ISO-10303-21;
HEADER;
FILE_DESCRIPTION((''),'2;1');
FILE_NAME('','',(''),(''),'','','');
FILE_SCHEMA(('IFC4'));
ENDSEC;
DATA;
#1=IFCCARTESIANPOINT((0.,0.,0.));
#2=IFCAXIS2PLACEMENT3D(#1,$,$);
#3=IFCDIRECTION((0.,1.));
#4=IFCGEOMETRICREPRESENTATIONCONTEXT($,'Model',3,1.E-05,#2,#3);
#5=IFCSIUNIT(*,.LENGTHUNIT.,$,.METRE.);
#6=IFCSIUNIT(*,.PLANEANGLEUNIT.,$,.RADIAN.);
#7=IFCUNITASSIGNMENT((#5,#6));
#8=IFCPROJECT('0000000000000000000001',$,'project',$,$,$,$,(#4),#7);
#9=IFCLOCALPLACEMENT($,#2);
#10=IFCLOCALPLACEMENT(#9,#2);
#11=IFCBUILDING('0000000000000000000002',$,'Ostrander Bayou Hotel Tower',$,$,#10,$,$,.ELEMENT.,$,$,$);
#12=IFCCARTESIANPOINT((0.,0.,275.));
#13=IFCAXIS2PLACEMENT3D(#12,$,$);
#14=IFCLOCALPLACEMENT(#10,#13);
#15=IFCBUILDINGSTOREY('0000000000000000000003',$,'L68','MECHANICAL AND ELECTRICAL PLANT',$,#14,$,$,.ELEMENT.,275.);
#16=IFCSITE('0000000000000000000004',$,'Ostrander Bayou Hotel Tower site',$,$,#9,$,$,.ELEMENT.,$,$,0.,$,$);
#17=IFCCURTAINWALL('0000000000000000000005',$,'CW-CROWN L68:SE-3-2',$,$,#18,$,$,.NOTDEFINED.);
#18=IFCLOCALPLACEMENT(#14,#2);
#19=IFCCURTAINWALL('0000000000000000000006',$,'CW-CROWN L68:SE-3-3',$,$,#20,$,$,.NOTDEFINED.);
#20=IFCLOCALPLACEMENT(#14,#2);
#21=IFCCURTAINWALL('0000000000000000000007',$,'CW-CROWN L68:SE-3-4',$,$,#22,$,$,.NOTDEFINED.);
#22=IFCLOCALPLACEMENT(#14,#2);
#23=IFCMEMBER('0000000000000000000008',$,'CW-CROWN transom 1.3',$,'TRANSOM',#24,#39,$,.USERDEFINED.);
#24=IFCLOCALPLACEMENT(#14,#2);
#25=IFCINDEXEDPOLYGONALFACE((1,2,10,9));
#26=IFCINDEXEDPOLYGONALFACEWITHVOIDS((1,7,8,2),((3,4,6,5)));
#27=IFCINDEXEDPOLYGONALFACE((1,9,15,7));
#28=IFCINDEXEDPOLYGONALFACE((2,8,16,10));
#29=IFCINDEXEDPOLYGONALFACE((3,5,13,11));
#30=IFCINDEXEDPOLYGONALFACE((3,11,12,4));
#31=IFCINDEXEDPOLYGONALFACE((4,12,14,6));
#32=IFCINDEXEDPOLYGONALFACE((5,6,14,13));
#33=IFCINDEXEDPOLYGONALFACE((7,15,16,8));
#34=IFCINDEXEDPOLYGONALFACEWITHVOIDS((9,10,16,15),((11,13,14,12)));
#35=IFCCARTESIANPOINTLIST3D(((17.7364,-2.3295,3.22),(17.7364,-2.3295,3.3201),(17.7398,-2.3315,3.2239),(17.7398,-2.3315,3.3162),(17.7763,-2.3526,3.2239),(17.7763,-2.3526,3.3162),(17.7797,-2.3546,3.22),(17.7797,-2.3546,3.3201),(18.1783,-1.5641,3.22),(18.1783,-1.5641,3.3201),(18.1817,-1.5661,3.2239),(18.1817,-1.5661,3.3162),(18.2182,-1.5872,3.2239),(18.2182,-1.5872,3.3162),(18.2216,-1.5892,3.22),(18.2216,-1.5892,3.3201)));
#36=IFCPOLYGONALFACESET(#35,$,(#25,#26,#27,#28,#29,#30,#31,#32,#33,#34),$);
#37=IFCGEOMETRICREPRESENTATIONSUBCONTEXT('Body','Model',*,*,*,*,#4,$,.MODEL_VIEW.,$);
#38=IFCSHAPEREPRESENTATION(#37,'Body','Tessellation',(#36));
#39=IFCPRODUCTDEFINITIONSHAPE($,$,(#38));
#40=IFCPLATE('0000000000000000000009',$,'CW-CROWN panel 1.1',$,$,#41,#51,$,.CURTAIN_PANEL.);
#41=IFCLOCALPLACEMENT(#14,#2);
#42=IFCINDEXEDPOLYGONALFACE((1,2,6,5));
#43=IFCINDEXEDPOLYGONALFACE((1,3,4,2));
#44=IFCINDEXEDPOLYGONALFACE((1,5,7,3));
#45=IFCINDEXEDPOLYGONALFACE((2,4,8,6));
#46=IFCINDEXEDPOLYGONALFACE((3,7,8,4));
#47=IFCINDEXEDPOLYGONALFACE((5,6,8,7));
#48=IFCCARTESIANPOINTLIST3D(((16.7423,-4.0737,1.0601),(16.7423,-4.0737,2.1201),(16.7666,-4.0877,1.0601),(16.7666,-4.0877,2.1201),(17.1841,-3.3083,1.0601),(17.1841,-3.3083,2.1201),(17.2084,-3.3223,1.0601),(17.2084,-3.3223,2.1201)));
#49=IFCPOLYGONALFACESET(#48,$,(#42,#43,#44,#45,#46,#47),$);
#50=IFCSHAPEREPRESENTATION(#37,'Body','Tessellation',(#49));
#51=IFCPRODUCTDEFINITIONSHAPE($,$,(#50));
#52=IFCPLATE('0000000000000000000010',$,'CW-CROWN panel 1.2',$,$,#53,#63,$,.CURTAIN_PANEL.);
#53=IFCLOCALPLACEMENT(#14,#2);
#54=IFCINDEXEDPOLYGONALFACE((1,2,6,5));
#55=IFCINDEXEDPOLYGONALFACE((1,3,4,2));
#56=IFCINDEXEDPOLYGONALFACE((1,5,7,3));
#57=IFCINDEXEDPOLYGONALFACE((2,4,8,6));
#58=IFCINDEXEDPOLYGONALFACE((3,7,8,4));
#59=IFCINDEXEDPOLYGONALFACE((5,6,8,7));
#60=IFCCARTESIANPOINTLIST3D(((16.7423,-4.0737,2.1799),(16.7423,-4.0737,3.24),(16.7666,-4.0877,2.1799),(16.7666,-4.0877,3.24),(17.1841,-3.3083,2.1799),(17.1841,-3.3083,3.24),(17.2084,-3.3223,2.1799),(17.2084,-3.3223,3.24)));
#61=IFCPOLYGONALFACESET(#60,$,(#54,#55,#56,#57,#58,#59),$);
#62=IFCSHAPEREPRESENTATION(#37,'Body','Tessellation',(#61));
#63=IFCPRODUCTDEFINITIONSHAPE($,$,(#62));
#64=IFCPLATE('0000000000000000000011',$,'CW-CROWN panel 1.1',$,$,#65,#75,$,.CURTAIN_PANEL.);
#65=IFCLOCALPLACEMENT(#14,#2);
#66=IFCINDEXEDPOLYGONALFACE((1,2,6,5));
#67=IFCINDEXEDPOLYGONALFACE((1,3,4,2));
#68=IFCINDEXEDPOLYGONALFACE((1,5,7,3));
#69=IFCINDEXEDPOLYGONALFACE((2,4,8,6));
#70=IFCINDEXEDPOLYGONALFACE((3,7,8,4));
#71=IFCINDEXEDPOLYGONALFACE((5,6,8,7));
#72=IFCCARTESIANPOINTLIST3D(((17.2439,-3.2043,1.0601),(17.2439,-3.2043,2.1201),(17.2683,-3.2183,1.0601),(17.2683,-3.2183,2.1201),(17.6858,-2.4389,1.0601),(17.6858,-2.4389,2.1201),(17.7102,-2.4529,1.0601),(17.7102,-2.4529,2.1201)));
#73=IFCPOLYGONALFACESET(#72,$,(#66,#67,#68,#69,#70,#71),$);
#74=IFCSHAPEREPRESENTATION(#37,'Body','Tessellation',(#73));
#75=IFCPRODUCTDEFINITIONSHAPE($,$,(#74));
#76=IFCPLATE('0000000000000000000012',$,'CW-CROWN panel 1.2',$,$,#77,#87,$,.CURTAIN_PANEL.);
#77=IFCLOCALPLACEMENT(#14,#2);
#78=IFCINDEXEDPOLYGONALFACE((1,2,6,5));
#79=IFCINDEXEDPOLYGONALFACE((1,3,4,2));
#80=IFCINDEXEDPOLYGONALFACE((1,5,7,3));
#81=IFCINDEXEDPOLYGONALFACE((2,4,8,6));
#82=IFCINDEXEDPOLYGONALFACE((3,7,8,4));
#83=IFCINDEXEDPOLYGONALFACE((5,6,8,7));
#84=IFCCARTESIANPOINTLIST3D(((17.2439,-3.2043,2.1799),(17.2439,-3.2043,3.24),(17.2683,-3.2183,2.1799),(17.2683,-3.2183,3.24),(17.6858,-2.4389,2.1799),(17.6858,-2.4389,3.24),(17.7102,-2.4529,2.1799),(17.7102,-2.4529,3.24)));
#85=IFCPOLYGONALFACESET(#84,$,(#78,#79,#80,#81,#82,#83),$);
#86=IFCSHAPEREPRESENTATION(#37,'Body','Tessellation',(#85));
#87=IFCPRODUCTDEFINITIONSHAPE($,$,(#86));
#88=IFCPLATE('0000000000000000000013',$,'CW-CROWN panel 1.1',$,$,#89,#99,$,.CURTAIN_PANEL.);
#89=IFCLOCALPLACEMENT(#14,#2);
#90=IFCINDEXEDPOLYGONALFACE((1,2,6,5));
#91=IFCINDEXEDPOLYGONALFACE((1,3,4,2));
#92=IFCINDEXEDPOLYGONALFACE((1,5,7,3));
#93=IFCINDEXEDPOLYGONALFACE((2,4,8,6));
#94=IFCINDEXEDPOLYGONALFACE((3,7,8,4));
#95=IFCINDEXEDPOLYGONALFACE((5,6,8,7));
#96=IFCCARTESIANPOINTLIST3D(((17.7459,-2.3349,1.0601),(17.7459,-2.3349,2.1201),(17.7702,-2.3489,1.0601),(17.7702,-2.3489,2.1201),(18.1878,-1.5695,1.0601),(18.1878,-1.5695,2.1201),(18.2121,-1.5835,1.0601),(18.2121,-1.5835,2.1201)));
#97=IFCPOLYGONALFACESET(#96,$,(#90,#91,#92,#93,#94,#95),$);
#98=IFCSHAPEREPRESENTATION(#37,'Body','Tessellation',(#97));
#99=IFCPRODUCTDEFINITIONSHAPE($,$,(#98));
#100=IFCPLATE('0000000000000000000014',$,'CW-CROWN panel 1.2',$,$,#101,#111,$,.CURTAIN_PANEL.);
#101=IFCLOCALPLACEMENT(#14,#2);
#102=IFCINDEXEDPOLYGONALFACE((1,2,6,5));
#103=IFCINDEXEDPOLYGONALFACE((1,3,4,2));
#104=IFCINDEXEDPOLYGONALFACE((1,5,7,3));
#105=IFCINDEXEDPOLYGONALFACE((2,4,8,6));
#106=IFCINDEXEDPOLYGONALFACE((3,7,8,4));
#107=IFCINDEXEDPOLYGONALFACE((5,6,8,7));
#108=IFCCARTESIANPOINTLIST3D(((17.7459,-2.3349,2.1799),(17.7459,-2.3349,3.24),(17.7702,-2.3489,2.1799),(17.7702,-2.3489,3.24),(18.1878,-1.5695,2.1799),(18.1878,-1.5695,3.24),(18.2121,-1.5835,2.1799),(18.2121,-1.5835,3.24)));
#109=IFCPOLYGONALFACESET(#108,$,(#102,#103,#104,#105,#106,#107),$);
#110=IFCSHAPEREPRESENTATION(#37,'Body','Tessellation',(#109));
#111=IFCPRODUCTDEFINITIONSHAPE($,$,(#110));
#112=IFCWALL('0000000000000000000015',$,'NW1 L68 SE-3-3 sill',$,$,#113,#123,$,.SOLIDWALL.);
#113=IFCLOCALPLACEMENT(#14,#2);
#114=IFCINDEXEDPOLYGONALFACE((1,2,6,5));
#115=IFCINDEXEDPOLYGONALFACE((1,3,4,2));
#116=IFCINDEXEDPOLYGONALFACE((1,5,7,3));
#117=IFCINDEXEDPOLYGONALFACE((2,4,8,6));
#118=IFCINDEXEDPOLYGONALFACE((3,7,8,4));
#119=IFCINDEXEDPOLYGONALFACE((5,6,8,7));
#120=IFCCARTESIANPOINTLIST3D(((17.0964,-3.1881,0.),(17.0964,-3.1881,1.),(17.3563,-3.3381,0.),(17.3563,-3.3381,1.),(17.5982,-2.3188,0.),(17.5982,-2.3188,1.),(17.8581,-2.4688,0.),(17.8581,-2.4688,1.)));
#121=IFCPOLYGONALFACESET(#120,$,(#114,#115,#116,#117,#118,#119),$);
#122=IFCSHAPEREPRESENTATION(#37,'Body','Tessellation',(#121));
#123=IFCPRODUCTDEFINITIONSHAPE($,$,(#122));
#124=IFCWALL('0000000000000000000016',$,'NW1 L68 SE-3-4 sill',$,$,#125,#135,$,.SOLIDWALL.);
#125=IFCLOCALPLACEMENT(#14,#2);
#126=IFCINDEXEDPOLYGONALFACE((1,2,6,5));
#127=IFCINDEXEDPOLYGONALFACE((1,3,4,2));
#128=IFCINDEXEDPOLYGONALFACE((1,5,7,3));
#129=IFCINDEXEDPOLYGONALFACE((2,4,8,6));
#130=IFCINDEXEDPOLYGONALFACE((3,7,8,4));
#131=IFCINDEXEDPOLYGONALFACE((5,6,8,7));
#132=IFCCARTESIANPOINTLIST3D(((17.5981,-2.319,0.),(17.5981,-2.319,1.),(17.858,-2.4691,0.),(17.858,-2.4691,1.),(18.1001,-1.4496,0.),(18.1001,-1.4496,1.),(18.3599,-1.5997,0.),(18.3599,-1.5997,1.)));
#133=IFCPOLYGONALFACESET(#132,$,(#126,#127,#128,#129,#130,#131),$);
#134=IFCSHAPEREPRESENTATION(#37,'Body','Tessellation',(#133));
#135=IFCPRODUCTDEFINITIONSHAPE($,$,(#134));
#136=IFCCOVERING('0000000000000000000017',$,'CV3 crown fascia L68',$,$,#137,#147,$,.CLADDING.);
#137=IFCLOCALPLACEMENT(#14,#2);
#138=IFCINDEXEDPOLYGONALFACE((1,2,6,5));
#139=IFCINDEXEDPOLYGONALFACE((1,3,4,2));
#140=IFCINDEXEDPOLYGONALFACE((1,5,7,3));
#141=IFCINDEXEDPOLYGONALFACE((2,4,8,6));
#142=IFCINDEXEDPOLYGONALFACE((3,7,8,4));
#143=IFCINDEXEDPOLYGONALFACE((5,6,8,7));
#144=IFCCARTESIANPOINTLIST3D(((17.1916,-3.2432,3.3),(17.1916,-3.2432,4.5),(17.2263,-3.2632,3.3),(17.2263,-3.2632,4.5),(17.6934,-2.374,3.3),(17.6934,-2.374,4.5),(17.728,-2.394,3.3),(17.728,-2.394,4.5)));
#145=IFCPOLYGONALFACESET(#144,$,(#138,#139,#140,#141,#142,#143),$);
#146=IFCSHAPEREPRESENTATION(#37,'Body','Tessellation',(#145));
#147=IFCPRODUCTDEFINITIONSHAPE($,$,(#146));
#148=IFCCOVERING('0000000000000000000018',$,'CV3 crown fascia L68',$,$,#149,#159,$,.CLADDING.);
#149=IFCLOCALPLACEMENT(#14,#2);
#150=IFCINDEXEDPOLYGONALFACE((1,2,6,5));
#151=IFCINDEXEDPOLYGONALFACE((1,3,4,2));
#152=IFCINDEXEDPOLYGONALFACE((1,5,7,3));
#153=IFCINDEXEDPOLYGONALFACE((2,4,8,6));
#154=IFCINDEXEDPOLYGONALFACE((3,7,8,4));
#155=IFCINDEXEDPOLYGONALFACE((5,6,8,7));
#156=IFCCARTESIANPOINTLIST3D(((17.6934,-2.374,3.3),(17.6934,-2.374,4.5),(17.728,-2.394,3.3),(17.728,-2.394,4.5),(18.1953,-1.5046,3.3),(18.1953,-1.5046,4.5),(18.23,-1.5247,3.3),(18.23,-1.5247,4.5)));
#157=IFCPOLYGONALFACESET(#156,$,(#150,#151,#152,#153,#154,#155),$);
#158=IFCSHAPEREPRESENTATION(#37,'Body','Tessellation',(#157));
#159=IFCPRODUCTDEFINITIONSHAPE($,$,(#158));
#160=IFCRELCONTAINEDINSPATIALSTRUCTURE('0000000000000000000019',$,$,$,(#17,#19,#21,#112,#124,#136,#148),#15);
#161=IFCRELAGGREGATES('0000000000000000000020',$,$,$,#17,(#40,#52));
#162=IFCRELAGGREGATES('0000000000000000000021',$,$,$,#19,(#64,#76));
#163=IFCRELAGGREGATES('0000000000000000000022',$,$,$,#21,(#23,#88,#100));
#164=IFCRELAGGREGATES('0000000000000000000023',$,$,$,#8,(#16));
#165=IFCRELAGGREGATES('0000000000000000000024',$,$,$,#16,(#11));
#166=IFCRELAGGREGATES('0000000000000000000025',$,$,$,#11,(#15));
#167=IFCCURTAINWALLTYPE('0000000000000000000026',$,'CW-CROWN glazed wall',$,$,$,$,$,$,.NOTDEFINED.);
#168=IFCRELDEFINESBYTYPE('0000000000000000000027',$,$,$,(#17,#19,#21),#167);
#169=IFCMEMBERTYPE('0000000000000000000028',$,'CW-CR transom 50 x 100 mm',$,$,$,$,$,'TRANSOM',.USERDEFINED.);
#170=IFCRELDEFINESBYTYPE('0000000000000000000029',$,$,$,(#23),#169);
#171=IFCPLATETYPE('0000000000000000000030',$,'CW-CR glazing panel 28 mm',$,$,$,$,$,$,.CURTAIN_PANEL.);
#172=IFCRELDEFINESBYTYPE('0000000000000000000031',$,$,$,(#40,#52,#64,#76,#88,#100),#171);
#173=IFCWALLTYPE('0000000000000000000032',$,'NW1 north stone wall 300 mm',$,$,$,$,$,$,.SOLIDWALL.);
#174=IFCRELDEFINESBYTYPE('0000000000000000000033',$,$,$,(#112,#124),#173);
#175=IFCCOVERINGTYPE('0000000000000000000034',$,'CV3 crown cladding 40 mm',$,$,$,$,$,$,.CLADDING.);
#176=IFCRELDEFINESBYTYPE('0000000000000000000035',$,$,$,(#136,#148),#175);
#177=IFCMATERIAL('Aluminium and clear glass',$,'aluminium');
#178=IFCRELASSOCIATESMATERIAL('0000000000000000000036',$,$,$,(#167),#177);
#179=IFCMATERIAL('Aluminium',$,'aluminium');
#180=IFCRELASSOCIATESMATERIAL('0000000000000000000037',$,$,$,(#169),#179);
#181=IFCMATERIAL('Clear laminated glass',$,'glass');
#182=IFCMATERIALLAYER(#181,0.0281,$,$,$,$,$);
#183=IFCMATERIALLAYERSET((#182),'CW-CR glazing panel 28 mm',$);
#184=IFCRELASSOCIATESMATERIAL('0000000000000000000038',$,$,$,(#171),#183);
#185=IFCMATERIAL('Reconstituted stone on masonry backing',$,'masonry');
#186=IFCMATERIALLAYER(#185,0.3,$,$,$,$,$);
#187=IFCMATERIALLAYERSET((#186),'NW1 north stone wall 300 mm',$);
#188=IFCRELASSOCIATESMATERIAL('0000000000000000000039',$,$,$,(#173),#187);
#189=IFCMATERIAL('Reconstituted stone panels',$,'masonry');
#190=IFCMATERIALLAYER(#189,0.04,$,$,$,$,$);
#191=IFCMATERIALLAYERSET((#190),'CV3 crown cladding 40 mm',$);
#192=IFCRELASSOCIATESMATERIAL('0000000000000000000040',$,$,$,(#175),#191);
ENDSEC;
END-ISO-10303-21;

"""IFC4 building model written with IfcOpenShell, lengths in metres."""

from ifc_helpers import new_model, si_unit, direction, frame, frame_2d, origin, origin_2d, place, context, subcontext, project, spatial, polyline, rectangle, hollow_rectangle, outline, extrude, material, layer, layer_set, material_profile, profile_set, type_object, element, aggregate, save


model = new_model("IFC4")

# Units and contexts
model_context = context("Model", 3, precision=1e-05, world=origin(), true_north=direction((0.0, 1.0)))
body_context = subcontext(model_context, "Body", "Model", "MODEL_VIEW")
ifc_project = project(units=[si_unit("LENGTHUNIT", "METRE"), si_unit("PLANEANGLEUNIT", "RADIAN")], contexts=[model_context])

# Site, building, storey
site_placement = place(None, origin())
site = spatial("IfcSite", under=ifc_project, at=site_placement, Name="Ostrander Bayou Hotel Tower site", CompositionType="ELEMENT", RefElevation=0.0)
building_placement = place(site_placement, origin())
building = spatial("IfcBuilding", under=site, at=building_placement, Name="Ostrander Bayou Hotel Tower", CompositionType="ELEMENT")
storey_placement = place(building_placement, frame((0.0, 0.0, 275.0)))
storey = spatial("IfcBuildingStorey", under=building, at=storey_placement, Name="L68", Description="MECHANICAL AND ELECTRICAL PLANT", CompositionType="ELEMENT", Elevation=275.0)

# Curtain wall
ifc_material_1 = material(Name="Aluminium and clear glass", Category="aluminium")
curtain_wall_type = type_object("IfcCurtainWallType", Name="CW-CROWN glazed wall", PredefinedType="NOTDEFINED", material=ifc_material_1)
curtain_wall_1_placement = place(storey_placement, origin())
curtain_wall_1 = element("IfcCurtainWall", 1, at=curtain_wall_1_placement, inside=storey, type_object=curtain_wall_type, Name="CW-CROWN L68:SE-3-2", PredefinedType="NOTDEFINED")

# Curtain wall
curtain_wall_2_placement = place(storey_placement, origin())
curtain_wall_2 = element("IfcCurtainWall", 2, at=curtain_wall_2_placement, inside=storey, type_object=curtain_wall_type, Name="CW-CROWN L68:SE-3-3", PredefinedType="NOTDEFINED")

# Curtain wall
curtain_wall_3_placement = place(storey_placement, origin())
curtain_wall_3 = element("IfcCurtainWall", 3, at=curtain_wall_3_placement, inside=storey, type_object=curtain_wall_type, Name="CW-CROWN L68:SE-3-4", PredefinedType="NOTDEFINED")

# Member
ifc_material_2 = material(Name="Aluminium", Category="aluminium")
ifc_material_profile_1 = material_profile(ifc_material_2, hollow_rectangle(XDim=0.05, YDim=0.1001, WallThickness=0.0039, at=origin_2d()))
ifc_profile_set_1 = profile_set([ifc_material_profile_1], Name="Aluminium")
member_type_1 = type_object("IfcMemberType", Name="CW-CR transom 50 x 100 mm", ElementType="TRANSOM", PredefinedType="USERDEFINED", material=ifc_profile_set_1)
member_1_placement = place(storey_placement, frame((17.7581, -2.342, 3.27), z_axis=(0.500001, 0.866025, 0.0), x_axis=(-0.866025, 0.500001, 0.0)))
member_1 = element("IfcMember", 4, at=member_1_placement, type_object=member_type_1, Name="CW-CROWN transom 1.3", ObjectType="TRANSOM", PredefinedType="USERDEFINED", context=body_context, shape_type="SweptSolid", body=[
    extrude(hollow_rectangle(XDim=0.05, YDim=0.1001, WallThickness=0.0039, at=origin_2d()), origin(), (0.0, 0.0, 1.0), 0.8838),
])

# Plates
ifc_material_3 = material(Name="Clear laminated glass", Category="glass")
ifc_layer_1 = layer(ifc_material_3, 0.0281)
ifc_layer_set_1 = layer_set([ifc_layer_1], Name="CW-CR glazing panel 28 mm")
plate_type = type_object("IfcPlateType", Name="CW-CR glazing panel 28 mm", PredefinedType="CURTAIN_PANEL", material=ifc_layer_set_1)
plate_1_placement = place(storey_placement, frame((16.9753, -3.698, 1.0601), z_axis=(0.0, 0.0, 1.0), x_axis=(0.499964, 0.866046, 0.0)))
plate_1 = element("IfcPlate", 5, at=plate_1_placement, type_object=plate_type, Name="CW-CROWN panel 1.1", PredefinedType="CURTAIN_PANEL", context=body_context, shape_type="SweptSolid", body=[
    extrude(rectangle(XDim=0.8838, YDim=0.0281, at=origin_2d()), origin(), (0.0, 0.0, 1.0), 1.0601),
])
plate_2_placement = place(storey_placement, frame((16.9753, -3.698, 2.1799), z_axis=(0.0, 0.0, 1.0), x_axis=(0.499964, 0.866046, 0.0)))
plate_2 = element("IfcPlate", 6, at=plate_2_placement, type_object=plate_type, Name="CW-CROWN panel 1.2", PredefinedType="CURTAIN_PANEL", context=body_context, shape_type="SweptSolid", body=[
    extrude(rectangle(XDim=0.8838, YDim=0.0281, at=origin_2d()), origin(), (0.0, 0.0, 1.0), 1.0601),
])
aggregate(curtain_wall_1, [plate_1, plate_2])
plate_3_placement = place(storey_placement, frame((17.4771, -2.8286, 1.0601), z_axis=(0.0, 0.0, 1.0), x_axis=(0.500007, 0.866021, 0.0)))
plate_3 = element("IfcPlate", 7, at=plate_3_placement, type_object=plate_type, Name="CW-CROWN panel 1.1", PredefinedType="CURTAIN_PANEL", context=body_context, shape_type="SweptSolid", body=[
    extrude(rectangle(XDim=0.8838, YDim=0.0281, at=origin_2d()), origin(), (0.0, 0.0, 1.0), 1.0601),
])
plate_4_placement = place(storey_placement, frame((17.4771, -2.8286, 2.1799), z_axis=(0.0, 0.0, 1.0), x_axis=(0.500007, 0.866021, 0.0)))
plate_4 = element("IfcPlate", 8, at=plate_4_placement, type_object=plate_type, Name="CW-CROWN panel 1.2", PredefinedType="CURTAIN_PANEL", context=body_context, shape_type="SweptSolid", body=[
    extrude(rectangle(XDim=0.8838, YDim=0.0281, at=origin_2d()), origin(), (0.0, 0.0, 1.0), 1.0601),
])
aggregate(curtain_wall_2, [plate_3, plate_4])
plate_5_placement = place(storey_placement, frame((17.979, -1.9592, 1.0601), z_axis=(0.0, 0.0, 1.0), x_axis=(0.499964, 0.866046, 0.0)))
plate_5 = element("IfcPlate", 9, at=plate_5_placement, type_object=plate_type, Name="CW-CROWN panel 1.1", PredefinedType="CURTAIN_PANEL", context=body_context, shape_type="SweptSolid", body=[
    extrude(rectangle(XDim=0.8838, YDim=0.0281, at=origin_2d()), origin(), (0.0, 0.0, 1.0), 1.0601),
])
plate_6_placement = place(storey_placement, frame((17.979, -1.9592, 2.1799), z_axis=(0.0, 0.0, 1.0), x_axis=(0.499964, 0.866046, 0.0)))
plate_6 = element("IfcPlate", 10, at=plate_6_placement, type_object=plate_type, Name="CW-CROWN panel 1.2", PredefinedType="CURTAIN_PANEL", context=body_context, shape_type="SweptSolid", body=[
    extrude(rectangle(XDim=0.8838, YDim=0.0281, at=origin_2d()), origin(), (0.0, 0.0, 1.0), 1.0601),
])
aggregate(curtain_wall_3, [member_1, plate_5, plate_6])

# Walls
ifc_material_4 = material(Name="Reconstituted stone on masonry backing", Category="masonry")
ifc_layer_2 = layer(ifc_material_4, 0.3)
ifc_layer_set_2 = layer_set([ifc_layer_2], Name="NW1 north stone wall 300 mm")
wall_type = type_object("IfcWallType", Name="NW1 north stone wall 300 mm", PredefinedType="SOLIDWALL", material=ifc_layer_set_2)
wall_1_placement = place(storey_placement, frame((17.2263, -3.2632, 0.0), z_axis=(0.0, 0.0, 1.0), x_axis=(0.499933, 0.866064, 0.0)))
element("IfcWall", 11, at=wall_1_placement, inside=storey, type_object=wall_type, Name="NW1 L68 SE-3-3 sill", PredefinedType="SOLIDWALL", context=body_context, shape_type="SweptSolid", body=[
    extrude(rectangle(XDim=1.0037, YDim=0.3, at=frame_2d((0.502, 0.0))), origin(), (0.0, 0.0, 1.0), 1.0),
])
wall_2_placement = place(storey_placement, frame((17.728, -2.394, 0.0), z_axis=(0.0, 0.0, 1.0), x_axis=(0.50001, 0.86602, 0.0)))
element("IfcWall", 12, at=wall_2_placement, inside=storey, type_object=wall_type, Name="NW1 L68 SE-3-4 sill", PredefinedType="SOLIDWALL", context=body_context, shape_type="SweptSolid", body=[
    extrude(rectangle(XDim=1.0039, YDim=0.3, at=frame_2d((0.502, 0.0))), origin(), (0.0, 0.0, 1.0), 1.0),
])

# Coverings
ifc_material_5 = material(Name="Reconstituted stone panels", Category="masonry")
ifc_layer_3 = layer(ifc_material_5, 0.04)
ifc_layer_set_3 = layer_set([ifc_layer_3], Name="CV3 crown cladding 40 mm")
covering_type = type_object("IfcCoveringType", Name="CV3 crown cladding 40 mm", PredefinedType="CLADDING", material=ifc_layer_set_3)
covering_1_placement = place(storey_placement, frame((17.2263, -3.2632, 3.3), z_axis=(0.866064, -0.499933, 0.0), x_axis=(0.499933, 0.866064, 0.0)))
element("IfcCovering", 13, at=covering_1_placement, inside=storey, type_object=covering_type, Name="CV3 crown fascia L68", PredefinedType="CLADDING", context=body_context, shape_type="SweptSolid", body=[
    extrude(outline(polyline([(0.0, 0.0), (1.0036, 0.0), (1.0036, 1.2), (0.0, 1.2), (0.0, 0.0)])), origin(), (0.0, 0.0, -1.0), 0.04),
])
covering_2_placement = place(storey_placement, frame((17.728, -2.394, 3.3), z_axis=(0.86602, -0.50001, 0.0), x_axis=(0.50001, 0.86602, 0.0)))
element("IfcCovering", 14, at=covering_2_placement, inside=storey, type_object=covering_type, Name="CV3 crown fascia L68", PredefinedType="CLADDING", context=body_context, shape_type="SweptSolid", body=[
    extrude(outline(polyline([(0.0, 0.0), (1.0039, 0.0), (1.0039, 1.2), (0.0, 1.2), (0.0, 0.0)])), origin(), (0.0, 0.0, -1.0), 0.04),
])

save(model, "model.ifc")
